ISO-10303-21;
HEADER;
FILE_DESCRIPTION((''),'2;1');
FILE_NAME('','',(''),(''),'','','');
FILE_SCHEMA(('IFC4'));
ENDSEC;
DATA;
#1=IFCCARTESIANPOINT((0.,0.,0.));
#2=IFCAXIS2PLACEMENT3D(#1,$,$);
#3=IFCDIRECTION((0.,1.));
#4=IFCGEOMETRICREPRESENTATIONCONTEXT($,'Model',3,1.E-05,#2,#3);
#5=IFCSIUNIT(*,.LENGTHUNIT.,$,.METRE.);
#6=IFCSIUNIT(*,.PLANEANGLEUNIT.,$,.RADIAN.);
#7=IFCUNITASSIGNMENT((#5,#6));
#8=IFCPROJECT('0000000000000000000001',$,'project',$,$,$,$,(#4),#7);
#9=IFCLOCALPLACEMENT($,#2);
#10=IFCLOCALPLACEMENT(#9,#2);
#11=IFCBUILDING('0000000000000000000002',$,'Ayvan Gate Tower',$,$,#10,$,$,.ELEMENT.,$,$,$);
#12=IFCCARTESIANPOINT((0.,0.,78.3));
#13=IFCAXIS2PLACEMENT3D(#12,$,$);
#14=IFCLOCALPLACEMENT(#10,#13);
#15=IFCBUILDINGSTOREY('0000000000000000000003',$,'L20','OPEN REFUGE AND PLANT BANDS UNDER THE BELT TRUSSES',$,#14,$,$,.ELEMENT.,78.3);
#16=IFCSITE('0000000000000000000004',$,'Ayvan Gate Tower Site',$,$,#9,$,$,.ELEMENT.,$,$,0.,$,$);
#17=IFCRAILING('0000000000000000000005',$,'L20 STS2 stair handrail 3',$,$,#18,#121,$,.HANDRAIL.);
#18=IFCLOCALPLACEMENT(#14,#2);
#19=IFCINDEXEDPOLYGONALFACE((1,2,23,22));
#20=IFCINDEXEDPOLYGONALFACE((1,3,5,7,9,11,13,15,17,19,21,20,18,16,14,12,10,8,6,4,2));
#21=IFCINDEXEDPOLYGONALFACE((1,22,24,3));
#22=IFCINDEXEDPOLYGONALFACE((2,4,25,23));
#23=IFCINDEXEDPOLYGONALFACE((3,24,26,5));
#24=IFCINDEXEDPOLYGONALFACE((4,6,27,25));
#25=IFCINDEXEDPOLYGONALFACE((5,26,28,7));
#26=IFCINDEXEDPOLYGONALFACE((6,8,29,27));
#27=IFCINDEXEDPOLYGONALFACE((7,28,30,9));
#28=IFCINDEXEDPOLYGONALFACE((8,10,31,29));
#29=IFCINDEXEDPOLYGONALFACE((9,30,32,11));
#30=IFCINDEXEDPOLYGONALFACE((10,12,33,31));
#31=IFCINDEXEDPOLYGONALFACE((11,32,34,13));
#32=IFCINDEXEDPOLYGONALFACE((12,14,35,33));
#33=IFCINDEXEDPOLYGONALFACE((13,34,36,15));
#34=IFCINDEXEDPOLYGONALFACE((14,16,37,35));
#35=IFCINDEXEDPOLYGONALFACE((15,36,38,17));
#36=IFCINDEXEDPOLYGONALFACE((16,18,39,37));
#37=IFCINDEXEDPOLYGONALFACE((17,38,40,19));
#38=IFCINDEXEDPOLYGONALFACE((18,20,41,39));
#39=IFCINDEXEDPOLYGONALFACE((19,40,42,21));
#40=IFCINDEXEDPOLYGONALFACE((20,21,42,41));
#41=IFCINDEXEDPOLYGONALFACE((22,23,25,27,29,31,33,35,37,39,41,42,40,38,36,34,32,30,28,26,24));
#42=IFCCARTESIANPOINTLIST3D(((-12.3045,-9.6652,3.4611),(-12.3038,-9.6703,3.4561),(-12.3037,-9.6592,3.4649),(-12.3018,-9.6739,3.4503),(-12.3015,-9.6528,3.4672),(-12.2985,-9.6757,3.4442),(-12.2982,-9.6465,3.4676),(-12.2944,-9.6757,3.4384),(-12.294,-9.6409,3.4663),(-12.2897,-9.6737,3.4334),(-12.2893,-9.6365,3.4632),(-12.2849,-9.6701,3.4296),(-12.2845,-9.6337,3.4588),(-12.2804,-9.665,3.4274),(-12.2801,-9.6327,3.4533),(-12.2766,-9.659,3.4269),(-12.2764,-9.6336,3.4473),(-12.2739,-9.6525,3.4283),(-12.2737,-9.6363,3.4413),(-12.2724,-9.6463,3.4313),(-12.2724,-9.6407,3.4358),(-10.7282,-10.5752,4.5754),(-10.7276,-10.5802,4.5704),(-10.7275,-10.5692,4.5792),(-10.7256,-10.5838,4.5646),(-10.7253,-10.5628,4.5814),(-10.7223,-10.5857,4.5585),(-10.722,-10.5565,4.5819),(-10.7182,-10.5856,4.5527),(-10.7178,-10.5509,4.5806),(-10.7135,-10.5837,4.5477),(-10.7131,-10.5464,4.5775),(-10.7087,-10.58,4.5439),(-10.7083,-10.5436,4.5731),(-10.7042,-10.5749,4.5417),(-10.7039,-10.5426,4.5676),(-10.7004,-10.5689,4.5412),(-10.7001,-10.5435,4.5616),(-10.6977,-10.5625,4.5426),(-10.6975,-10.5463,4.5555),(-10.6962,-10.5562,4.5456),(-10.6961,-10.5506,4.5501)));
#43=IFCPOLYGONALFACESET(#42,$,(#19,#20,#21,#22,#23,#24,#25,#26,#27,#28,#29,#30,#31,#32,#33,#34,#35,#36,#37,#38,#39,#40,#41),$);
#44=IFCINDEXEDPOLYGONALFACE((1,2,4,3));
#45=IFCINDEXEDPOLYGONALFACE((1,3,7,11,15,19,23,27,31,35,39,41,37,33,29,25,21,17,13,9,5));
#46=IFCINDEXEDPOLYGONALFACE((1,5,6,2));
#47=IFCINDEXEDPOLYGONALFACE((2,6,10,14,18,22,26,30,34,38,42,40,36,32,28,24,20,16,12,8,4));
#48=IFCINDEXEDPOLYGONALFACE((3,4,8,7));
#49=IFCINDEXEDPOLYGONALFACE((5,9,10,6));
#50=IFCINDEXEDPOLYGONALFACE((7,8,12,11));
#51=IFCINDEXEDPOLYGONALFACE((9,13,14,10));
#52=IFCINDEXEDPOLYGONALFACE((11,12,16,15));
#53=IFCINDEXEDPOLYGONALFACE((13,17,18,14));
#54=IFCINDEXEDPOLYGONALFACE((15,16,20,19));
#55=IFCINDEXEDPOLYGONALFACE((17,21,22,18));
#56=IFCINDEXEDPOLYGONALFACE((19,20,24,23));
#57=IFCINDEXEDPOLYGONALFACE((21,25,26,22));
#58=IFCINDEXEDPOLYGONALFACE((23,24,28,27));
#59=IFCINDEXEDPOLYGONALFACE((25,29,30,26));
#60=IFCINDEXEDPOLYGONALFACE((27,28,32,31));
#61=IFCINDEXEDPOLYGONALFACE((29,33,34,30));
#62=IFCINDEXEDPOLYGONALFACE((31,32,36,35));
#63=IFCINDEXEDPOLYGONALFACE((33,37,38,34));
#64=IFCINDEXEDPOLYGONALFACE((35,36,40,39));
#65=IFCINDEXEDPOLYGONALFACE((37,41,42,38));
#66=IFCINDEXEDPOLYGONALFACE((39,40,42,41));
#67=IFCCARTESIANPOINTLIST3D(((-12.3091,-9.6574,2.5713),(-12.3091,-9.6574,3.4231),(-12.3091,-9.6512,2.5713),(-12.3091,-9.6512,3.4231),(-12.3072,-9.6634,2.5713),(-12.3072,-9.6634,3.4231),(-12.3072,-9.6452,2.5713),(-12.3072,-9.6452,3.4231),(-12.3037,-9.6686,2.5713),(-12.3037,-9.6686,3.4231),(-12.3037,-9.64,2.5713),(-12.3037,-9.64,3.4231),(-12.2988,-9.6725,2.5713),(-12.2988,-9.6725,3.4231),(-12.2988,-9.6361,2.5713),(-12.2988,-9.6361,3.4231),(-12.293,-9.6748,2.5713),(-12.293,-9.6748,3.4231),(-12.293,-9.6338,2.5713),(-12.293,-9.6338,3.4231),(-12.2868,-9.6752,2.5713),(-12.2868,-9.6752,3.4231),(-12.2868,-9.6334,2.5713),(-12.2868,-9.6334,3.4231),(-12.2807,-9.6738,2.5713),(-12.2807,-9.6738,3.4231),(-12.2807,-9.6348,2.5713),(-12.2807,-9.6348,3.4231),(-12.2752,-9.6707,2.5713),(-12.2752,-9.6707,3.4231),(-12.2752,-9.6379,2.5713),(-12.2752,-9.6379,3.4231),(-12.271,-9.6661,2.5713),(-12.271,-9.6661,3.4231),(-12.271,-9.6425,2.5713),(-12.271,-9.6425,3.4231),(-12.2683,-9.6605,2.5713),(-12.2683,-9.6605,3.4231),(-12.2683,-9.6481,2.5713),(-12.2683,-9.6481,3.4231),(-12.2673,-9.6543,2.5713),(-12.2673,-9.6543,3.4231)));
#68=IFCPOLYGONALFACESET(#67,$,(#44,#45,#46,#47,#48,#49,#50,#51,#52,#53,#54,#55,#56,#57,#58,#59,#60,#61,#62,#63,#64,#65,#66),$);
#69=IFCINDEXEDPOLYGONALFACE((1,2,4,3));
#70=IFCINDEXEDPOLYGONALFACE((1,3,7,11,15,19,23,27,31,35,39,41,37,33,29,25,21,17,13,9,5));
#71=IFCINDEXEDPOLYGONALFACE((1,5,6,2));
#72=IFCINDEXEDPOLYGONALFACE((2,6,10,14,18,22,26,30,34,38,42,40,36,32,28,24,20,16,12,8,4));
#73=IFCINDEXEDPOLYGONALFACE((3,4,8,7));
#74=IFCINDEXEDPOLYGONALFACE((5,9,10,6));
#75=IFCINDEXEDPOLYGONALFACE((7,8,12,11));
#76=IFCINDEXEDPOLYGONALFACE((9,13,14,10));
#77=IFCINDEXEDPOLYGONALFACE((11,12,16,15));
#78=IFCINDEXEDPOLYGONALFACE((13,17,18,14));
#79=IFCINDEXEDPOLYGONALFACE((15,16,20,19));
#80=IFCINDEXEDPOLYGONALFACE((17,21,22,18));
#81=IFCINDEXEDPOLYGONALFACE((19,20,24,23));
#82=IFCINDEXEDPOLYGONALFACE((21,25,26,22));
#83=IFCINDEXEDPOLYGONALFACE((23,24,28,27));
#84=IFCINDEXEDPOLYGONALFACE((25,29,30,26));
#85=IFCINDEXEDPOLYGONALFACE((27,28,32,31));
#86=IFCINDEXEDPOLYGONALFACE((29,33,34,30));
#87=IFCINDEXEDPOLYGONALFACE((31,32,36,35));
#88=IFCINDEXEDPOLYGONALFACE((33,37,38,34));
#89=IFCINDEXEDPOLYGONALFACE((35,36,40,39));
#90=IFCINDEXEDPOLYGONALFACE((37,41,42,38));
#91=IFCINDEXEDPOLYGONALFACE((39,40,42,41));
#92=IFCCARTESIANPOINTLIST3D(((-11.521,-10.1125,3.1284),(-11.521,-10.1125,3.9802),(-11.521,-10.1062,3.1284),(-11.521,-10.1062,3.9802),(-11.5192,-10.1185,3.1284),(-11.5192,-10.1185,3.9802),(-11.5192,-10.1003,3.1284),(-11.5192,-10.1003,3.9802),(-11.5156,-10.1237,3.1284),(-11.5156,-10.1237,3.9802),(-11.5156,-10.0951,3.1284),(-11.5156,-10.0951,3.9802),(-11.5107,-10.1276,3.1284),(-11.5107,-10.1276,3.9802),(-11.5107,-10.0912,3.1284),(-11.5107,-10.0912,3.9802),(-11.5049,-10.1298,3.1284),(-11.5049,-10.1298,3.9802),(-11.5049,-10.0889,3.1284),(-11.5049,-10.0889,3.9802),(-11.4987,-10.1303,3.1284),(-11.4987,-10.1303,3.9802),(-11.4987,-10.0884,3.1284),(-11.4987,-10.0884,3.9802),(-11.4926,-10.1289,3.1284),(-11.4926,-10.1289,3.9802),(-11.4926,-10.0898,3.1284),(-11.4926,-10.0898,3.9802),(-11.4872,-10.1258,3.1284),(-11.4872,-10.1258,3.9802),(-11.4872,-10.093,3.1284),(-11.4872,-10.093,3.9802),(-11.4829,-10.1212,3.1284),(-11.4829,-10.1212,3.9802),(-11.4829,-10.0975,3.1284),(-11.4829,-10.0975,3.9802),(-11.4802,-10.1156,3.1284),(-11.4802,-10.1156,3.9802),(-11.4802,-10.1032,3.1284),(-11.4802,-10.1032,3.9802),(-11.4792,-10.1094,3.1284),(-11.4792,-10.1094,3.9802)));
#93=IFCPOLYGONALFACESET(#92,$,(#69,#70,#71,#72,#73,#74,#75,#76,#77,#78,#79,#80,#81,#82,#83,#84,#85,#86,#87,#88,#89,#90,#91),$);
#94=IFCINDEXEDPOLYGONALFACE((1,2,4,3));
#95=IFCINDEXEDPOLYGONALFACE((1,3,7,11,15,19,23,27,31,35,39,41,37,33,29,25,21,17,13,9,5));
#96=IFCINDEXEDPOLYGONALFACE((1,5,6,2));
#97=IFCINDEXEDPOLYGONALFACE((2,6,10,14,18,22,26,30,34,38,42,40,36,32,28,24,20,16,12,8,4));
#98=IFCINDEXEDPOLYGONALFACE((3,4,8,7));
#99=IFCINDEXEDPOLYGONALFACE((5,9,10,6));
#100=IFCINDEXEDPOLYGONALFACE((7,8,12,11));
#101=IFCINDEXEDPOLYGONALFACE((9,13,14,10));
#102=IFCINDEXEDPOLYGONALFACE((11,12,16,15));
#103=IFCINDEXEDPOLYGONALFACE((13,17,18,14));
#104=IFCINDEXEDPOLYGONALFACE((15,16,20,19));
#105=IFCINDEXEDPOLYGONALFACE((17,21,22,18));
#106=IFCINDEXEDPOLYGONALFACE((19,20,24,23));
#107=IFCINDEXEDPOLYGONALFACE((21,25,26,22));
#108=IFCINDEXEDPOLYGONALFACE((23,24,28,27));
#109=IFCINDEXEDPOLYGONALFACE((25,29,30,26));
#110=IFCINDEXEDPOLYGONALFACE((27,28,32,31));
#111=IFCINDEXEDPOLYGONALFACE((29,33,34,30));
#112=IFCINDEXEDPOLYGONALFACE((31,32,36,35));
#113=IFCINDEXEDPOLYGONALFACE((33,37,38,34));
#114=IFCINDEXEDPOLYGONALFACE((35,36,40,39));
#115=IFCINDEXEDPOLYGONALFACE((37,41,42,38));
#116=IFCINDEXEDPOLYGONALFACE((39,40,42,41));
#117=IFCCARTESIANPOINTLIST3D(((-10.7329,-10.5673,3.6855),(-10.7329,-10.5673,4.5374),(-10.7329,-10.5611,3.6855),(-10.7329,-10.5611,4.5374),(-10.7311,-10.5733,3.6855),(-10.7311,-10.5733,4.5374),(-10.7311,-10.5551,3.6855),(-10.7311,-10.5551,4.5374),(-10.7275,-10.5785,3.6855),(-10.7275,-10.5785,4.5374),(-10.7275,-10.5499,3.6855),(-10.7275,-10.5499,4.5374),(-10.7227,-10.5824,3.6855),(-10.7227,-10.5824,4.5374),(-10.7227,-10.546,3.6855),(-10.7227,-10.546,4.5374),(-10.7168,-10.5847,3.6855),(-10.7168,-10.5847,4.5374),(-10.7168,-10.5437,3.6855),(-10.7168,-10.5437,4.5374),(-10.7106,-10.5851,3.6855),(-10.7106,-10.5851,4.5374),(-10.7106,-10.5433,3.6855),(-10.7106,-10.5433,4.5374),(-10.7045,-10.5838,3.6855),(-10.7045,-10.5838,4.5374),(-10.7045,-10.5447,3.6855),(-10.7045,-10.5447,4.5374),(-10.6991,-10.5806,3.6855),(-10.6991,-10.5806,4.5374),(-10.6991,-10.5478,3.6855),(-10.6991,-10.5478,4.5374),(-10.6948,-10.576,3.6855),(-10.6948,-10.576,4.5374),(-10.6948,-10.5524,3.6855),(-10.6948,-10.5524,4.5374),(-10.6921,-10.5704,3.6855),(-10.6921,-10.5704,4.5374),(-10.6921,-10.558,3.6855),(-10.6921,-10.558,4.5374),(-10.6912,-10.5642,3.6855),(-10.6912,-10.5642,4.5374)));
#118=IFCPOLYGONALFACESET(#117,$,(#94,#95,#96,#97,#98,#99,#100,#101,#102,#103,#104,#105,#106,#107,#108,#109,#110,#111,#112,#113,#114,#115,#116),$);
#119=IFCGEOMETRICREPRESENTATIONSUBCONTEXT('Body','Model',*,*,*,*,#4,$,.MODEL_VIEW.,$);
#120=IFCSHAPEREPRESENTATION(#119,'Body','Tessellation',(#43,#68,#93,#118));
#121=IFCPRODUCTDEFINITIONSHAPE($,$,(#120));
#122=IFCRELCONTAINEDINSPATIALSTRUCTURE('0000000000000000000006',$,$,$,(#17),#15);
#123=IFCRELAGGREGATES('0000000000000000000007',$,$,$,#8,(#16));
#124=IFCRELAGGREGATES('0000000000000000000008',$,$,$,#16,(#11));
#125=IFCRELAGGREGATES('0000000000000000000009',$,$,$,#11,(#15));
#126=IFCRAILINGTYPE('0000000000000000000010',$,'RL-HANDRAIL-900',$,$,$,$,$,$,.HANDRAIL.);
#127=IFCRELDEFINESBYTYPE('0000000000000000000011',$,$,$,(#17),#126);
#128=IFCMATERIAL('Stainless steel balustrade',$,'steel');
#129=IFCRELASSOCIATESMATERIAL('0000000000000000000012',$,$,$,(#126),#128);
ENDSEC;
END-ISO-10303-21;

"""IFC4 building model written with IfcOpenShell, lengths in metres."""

from ifc_helpers import new_model, si_unit, direction, frame, origin, origin_2d, place, context, subcontext, project, spatial, circle, extrude, material, type_object, element, save


model = new_model("IFC4")

# Units and contexts
model_context = context("Model", 3, precision=1e-05, world=origin(), true_north=direction((0.0, 1.0)))
body_context = subcontext(model_context, "Body", "Model", "MODEL_VIEW")
ifc_project = project(units=[si_unit("LENGTHUNIT", "METRE"), si_unit("PLANEANGLEUNIT", "RADIAN")], contexts=[model_context])

# Site, building, storey
site_placement = place(None, origin())
site = spatial("IfcSite", under=ifc_project, at=site_placement, Name="Ayvan Gate Tower Site", CompositionType="ELEMENT", RefElevation=0.0)
building_placement = place(site_placement, origin())
building = spatial("IfcBuilding", under=site, at=building_placement, Name="Ayvan Gate Tower", CompositionType="ELEMENT")
storey_placement = place(building_placement, frame((0.0, 0.0, 78.3)))
storey = spatial("IfcBuildingStorey", under=building, at=storey_placement, Name="L20", Description="OPEN REFUGE AND PLANT BANDS UNDER THE BELT TRUSSES", CompositionType="ELEMENT", Elevation=78.3)

# Railing
ifc_material_1 = material(Name="Stainless steel balustrade", Category="steel")
railing_type_1 = type_object("IfcRailingType", Name="RL-HANDRAIL-900", PredefinedType="HANDRAIL", material=ifc_material_1)
railing_1_placement = place(storey_placement, frame((-12.2883, -9.6543, 2.5713)))
element("IfcRailing", 1, at=railing_1_placement, inside=storey, type_object=railing_type_1, Name="L20 STS2 stair handrail 3", PredefinedType="HANDRAIL", context=body_context, shape_type="SweptSolid", body=[
    extrude(circle(Radius=0.0239, at=origin_2d()), frame((0.0, 0.0, 0.876), z_axis=(0.73861, -0.426394, 0.522153), x_axis=(0.499962, 0.866047, 0.0)), (0.0, 0.0, 1.0), 2.134),
    extrude(circle(Radius=0.021, at=origin_2d()), origin(), (0.0, 0.0, 1.0), 0.8518),
    extrude(circle(Radius=0.021, at=origin_2d()), frame((0.7881, -0.4551, 0.5571)), (0.0, 0.0, 1.0), 0.8518),
    extrude(circle(Radius=0.021, at=origin_2d()), frame((1.5762, -0.9099, 1.1143)), (0.0, 0.0, 1.0), 0.8518),
])

save(model, "model.ifc")
